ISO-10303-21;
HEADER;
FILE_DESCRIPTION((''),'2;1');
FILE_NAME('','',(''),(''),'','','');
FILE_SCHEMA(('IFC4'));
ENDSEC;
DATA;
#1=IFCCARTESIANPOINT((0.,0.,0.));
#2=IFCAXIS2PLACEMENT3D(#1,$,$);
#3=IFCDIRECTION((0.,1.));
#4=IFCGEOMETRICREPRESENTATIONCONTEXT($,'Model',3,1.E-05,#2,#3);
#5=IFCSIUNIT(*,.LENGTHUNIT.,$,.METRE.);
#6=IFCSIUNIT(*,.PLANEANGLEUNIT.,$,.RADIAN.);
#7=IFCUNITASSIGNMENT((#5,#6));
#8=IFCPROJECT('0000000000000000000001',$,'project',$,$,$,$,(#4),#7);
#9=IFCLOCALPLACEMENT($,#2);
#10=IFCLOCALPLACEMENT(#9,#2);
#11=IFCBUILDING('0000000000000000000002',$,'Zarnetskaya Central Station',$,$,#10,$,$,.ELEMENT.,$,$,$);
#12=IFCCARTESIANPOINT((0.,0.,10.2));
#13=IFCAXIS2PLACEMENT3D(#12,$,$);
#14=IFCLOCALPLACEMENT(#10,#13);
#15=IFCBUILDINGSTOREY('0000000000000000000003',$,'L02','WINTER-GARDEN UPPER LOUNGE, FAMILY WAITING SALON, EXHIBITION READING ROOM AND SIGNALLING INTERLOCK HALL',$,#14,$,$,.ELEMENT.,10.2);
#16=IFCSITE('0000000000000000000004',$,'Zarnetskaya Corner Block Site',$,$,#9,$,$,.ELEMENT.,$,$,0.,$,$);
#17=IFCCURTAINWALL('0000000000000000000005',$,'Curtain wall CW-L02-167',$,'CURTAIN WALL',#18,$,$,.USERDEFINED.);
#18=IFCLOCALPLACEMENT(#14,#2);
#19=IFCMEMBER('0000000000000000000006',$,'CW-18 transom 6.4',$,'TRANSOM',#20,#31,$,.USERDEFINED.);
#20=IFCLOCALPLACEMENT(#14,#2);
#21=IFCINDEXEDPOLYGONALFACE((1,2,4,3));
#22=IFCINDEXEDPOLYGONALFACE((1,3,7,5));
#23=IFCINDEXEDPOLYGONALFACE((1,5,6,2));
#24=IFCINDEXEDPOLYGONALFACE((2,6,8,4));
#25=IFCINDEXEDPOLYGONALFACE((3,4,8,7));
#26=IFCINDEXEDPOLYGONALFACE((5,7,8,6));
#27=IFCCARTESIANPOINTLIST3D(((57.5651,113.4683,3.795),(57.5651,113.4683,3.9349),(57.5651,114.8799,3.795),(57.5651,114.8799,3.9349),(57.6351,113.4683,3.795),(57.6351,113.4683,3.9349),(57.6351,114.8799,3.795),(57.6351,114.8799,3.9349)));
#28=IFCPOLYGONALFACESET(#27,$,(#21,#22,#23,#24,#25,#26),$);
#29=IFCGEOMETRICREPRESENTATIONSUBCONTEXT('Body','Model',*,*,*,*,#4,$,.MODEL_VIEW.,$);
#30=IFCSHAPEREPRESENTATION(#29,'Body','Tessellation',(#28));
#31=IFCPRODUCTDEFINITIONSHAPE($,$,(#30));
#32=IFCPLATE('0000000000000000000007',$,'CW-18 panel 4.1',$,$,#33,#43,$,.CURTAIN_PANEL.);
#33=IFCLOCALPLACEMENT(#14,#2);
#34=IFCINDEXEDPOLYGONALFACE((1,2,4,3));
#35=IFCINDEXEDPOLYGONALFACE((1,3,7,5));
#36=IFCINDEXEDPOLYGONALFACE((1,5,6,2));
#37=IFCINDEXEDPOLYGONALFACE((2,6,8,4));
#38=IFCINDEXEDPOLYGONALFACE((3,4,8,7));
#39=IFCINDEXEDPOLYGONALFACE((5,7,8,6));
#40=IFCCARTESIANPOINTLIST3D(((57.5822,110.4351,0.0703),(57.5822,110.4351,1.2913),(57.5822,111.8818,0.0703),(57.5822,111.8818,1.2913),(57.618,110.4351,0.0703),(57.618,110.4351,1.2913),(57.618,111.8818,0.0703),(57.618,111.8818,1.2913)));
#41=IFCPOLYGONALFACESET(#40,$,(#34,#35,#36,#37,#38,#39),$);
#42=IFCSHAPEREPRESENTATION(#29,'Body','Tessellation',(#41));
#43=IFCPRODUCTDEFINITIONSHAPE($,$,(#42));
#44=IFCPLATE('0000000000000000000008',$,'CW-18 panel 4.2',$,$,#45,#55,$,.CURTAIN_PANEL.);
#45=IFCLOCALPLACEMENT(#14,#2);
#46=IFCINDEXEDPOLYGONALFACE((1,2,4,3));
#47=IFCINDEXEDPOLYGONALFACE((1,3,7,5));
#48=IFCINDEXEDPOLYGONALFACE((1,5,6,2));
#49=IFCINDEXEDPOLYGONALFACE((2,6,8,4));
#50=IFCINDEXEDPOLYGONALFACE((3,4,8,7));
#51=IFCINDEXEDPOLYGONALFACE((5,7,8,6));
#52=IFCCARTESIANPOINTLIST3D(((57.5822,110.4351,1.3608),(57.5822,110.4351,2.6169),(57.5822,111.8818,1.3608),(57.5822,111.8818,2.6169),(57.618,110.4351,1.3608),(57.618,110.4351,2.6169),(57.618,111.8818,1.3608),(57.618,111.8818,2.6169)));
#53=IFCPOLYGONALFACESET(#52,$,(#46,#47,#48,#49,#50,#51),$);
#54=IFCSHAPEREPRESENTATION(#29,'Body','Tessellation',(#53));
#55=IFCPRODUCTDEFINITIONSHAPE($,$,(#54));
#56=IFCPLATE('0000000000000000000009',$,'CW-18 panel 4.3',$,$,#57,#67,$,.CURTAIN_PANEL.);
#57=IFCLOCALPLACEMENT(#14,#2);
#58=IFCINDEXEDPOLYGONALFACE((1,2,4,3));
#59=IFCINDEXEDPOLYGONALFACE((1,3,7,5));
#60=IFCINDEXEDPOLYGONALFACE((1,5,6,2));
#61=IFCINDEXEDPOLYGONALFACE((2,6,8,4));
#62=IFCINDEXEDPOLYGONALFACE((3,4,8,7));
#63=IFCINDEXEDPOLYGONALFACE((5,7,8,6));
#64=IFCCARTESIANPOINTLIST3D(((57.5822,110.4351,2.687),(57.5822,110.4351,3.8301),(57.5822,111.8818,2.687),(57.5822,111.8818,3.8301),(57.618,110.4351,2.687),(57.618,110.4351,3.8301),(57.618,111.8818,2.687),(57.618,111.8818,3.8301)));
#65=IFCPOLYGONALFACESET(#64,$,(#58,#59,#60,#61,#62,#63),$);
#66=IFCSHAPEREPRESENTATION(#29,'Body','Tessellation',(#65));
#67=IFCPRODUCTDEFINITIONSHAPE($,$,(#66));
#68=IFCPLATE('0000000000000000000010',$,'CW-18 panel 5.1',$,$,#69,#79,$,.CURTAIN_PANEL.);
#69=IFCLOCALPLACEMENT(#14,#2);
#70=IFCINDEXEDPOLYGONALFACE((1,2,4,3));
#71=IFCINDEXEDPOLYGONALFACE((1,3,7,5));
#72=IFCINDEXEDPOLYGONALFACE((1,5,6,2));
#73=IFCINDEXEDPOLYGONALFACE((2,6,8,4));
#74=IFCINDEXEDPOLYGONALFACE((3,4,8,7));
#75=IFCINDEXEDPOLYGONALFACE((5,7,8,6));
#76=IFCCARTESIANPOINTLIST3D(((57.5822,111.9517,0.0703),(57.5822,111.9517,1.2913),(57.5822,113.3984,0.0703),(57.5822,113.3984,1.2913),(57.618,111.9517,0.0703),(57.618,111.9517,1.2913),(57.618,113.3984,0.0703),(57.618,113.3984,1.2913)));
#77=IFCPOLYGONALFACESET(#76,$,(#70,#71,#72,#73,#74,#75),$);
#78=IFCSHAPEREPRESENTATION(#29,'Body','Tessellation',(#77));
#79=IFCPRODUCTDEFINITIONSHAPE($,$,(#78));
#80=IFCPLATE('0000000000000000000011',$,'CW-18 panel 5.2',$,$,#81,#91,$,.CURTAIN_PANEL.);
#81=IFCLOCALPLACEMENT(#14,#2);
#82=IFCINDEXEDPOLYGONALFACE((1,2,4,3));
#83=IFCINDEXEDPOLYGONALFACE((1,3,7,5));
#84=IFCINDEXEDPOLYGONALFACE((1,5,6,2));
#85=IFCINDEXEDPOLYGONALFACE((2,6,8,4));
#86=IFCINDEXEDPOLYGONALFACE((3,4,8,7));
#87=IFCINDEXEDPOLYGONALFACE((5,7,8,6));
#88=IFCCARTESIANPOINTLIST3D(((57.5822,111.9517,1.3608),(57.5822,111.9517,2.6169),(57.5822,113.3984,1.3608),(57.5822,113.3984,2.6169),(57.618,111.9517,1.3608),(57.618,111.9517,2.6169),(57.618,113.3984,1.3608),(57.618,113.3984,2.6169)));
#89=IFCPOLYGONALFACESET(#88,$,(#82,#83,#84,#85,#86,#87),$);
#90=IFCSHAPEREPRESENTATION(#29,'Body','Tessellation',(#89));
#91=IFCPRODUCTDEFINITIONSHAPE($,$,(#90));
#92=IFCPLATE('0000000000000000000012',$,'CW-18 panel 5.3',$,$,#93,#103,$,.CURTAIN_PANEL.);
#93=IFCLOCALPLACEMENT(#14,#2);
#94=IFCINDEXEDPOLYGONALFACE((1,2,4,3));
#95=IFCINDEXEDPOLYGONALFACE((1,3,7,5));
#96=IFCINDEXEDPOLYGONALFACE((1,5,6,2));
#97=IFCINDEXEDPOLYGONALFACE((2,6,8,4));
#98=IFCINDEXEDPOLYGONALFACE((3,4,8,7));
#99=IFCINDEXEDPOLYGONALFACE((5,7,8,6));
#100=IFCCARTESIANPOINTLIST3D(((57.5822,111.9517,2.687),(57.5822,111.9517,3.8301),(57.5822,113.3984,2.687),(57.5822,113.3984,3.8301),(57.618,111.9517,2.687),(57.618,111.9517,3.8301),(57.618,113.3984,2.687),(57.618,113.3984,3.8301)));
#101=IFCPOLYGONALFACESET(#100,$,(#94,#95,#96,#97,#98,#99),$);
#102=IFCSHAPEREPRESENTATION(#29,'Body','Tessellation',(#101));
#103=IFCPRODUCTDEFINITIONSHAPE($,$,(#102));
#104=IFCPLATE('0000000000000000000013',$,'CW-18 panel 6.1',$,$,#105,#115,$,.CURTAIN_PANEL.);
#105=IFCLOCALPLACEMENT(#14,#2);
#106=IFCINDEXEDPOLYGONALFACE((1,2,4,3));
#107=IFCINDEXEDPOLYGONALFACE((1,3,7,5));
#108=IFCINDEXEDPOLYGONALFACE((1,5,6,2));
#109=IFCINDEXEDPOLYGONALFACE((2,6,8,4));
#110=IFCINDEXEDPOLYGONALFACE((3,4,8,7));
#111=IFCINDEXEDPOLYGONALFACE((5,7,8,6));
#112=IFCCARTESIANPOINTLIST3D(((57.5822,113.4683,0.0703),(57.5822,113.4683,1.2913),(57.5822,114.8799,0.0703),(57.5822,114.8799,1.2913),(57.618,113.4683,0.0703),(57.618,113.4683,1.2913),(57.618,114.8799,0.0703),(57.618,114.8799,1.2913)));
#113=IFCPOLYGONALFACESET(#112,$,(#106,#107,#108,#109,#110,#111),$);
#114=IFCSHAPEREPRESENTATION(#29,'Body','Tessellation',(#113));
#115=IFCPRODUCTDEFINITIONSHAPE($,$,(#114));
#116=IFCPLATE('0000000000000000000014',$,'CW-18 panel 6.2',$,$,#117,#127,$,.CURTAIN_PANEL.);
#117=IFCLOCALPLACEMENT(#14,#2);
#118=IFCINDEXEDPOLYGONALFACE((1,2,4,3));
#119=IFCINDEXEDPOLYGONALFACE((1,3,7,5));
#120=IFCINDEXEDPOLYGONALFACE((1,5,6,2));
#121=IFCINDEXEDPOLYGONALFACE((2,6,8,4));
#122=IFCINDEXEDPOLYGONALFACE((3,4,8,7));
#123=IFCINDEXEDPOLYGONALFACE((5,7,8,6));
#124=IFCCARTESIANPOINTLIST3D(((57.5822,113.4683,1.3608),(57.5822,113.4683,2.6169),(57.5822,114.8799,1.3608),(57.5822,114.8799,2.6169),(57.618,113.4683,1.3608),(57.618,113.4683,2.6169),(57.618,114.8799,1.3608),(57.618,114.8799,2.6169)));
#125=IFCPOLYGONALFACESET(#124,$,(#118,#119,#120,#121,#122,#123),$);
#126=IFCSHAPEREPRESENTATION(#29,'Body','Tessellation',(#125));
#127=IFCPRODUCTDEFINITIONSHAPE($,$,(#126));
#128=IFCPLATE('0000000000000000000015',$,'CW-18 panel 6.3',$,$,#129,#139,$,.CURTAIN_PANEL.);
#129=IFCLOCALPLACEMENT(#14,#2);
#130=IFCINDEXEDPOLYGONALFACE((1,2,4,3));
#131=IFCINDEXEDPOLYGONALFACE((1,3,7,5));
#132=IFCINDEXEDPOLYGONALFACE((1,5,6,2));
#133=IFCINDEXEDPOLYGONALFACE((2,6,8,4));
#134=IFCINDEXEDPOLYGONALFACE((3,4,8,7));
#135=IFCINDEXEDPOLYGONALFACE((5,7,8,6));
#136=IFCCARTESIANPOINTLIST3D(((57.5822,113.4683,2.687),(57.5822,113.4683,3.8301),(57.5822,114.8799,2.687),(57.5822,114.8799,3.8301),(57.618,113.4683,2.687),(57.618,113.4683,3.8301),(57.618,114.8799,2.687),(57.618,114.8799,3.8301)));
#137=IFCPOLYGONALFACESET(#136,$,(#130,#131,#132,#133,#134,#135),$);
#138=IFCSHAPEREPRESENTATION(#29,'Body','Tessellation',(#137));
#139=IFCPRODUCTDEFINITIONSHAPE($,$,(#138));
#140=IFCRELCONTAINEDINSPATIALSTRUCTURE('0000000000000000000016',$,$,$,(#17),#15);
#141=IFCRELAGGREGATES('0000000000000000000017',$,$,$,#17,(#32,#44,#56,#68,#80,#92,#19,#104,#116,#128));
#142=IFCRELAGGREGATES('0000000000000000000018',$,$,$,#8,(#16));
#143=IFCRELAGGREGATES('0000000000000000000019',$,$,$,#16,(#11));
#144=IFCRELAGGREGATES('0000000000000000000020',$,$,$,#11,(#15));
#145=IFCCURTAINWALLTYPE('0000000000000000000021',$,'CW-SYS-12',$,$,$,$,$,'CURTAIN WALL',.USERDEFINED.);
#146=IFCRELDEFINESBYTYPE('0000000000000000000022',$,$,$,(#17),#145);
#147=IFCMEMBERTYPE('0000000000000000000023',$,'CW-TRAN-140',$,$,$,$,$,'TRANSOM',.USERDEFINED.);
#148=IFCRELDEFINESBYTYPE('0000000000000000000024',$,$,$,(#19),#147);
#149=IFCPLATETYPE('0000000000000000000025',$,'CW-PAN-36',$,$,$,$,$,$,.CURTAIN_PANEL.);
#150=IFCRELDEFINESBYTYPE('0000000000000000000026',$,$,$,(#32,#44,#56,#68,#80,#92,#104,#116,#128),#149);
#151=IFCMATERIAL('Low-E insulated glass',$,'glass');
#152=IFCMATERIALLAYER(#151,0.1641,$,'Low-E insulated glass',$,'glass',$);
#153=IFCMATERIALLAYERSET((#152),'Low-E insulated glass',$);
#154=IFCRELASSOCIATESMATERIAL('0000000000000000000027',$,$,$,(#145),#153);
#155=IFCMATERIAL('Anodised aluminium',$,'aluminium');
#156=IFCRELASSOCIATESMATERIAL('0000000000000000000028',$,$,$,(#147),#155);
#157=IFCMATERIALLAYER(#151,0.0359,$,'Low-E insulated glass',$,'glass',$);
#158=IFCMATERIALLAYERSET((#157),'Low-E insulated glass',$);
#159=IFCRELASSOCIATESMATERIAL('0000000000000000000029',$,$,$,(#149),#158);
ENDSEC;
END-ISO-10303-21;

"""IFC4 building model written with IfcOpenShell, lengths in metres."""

from ifc_helpers import new_model, si_unit, direction, frame, origin, origin_2d, place, context, subcontext, project, spatial, rectangle, extrude, material, layer, layer_set, material_profile, profile_set, type_object, element, aggregate, save


model = new_model("IFC4")

# Units and contexts
model_context = context("Model", 3, precision=1e-05, world=origin(), true_north=direction((0.0, 1.0)))
body_context = subcontext(model_context, "Body", "Model", "MODEL_VIEW")
ifc_project = project(units=[si_unit("LENGTHUNIT", "METRE"), si_unit("PLANEANGLEUNIT", "RADIAN")], contexts=[model_context])

# Site, building, storey
site_placement = place(None, origin())
site = spatial("IfcSite", under=ifc_project, at=site_placement, Name="Zarnetskaya Corner Block Site", CompositionType="ELEMENT", RefElevation=0.0)
building_placement = place(site_placement, origin())
building = spatial("IfcBuilding", under=site, at=building_placement, Name="Zarnetskaya Central Station", CompositionType="ELEMENT")
storey_placement = place(building_placement, frame((0.0, 0.0, 10.2)))
storey = spatial("IfcBuildingStorey", under=building, at=storey_placement, Name="L02", Description="WINTER-GARDEN UPPER LOUNGE, FAMILY WAITING SALON, EXHIBITION READING ROOM AND SIGNALLING INTERLOCK HALL", CompositionType="ELEMENT", Elevation=10.2)

# Curtain wall, member, plates
ifc_material_1 = material(Name="Low-E insulated glass", Category="glass")
ifc_layer_1 = layer(ifc_material_1, 0.1641, Name="Low-E insulated glass", Category="glass")
ifc_layer_set_1 = layer_set([ifc_layer_1], Name="Low-E insulated glass")
curtain_wall_type = type_object("IfcCurtainWallType", Name="CW-SYS-12", ElementType="CURTAIN WALL", PredefinedType="USERDEFINED", material=ifc_layer_set_1)
curtain_wall_placement = place(storey_placement, origin())
curtain_wall = element("IfcCurtainWall", 1, at=curtain_wall_placement, inside=storey, type_object=curtain_wall_type, Name="Curtain wall CW-L02-167", ObjectType="CURTAIN WALL", PredefinedType="USERDEFINED")
ifc_material_2 = material(Name="Anodised aluminium", Category="aluminium")
ifc_material_profile_1 = material_profile(ifc_material_2, rectangle(XDim=0.0701, YDim=0.1399, at=origin_2d()), Name="ALU TRAN 70x140")
ifc_profile_set_1 = profile_set([ifc_material_profile_1], Name="Anodised aluminium")
member_type_1 = type_object("IfcMemberType", Name="CW-TRAN-140", ElementType="TRANSOM", PredefinedType="USERDEFINED", material=ifc_profile_set_1)
member_1_placement = place(storey_placement, frame((57.6001, 113.4683, 3.865), z_axis=(0.0, 1.0, 0.0), x_axis=(-1.0, 0.0, 0.0)))
member_1 = element("IfcMember", 2, at=member_1_placement, type_object=member_type_1, Name="CW-18 transom 6.4", ObjectType="TRANSOM", PredefinedType="USERDEFINED", context=body_context, shape_type="SweptSolid", body=[
    extrude(rectangle(XDim=0.0701, YDim=0.1399, at=origin_2d()), origin(), (0.0, 0.0, 1.0), 1.4116),
])
ifc_layer_2 = layer(ifc_material_1, 0.0359, Name="Low-E insulated glass", Category="glass")
ifc_layer_set_2 = layer_set([ifc_layer_2], Name="Low-E insulated glass")
plate_type = type_object("IfcPlateType", Name="CW-PAN-36", PredefinedType="CURTAIN_PANEL", material=ifc_layer_set_2)
plate_1_placement = place(storey_placement, frame((57.6001, 111.1584, 0.0703), z_axis=(0.0, 0.0, 1.0), x_axis=(0.0, 1.0, 0.0)))
plate_1 = element("IfcPlate", 3, at=plate_1_placement, type_object=plate_type, Name="CW-18 panel 4.1", PredefinedType="CURTAIN_PANEL", context=body_context, shape_type="SweptSolid", body=[
    extrude(rectangle(XDim=1.4468, YDim=0.0359, at=origin_2d()), origin(), (0.0, 0.0, 1.0), 1.2209),
])
plate_2_placement = place(storey_placement, frame((57.6001, 111.1584, 1.3608), z_axis=(0.0, 0.0, 1.0), x_axis=(0.0, 1.0, 0.0)))
plate_2 = element("IfcPlate", 4, at=plate_2_placement, type_object=plate_type, Name="CW-18 panel 4.2", PredefinedType="CURTAIN_PANEL", context=body_context, shape_type="SweptSolid", body=[
    extrude(rectangle(XDim=1.4468, YDim=0.0359, at=origin_2d()), origin(), (0.0, 0.0, 1.0), 1.2561),
])
plate_3_placement = place(storey_placement, frame((57.6001, 111.1584, 2.687), z_axis=(0.0, 0.0, 1.0), x_axis=(0.0, 1.0, 0.0)))
plate_3 = element("IfcPlate", 5, at=plate_3_placement, type_object=plate_type, Name="CW-18 panel 4.3", PredefinedType="CURTAIN_PANEL", context=body_context, shape_type="SweptSolid", body=[
    extrude(rectangle(XDim=1.4468, YDim=0.0359, at=origin_2d()), origin(), (0.0, 0.0, 1.0), 1.1431),
])
plate_4_placement = place(storey_placement, frame((57.6001, 112.675, 0.0703), z_axis=(0.0, 0.0, 1.0), x_axis=(0.0, 1.0, 0.0)))
plate_4 = element("IfcPlate", 6, at=plate_4_placement, type_object=plate_type, Name="CW-18 panel 5.1", PredefinedType="CURTAIN_PANEL", context=body_context, shape_type="SweptSolid", body=[
    extrude(rectangle(XDim=1.4468, YDim=0.0359, at=origin_2d()), origin(), (0.0, 0.0, 1.0), 1.2209),
])
plate_5_placement = place(storey_placement, frame((57.6001, 112.675, 1.3608), z_axis=(0.0, 0.0, 1.0), x_axis=(0.0, 1.0, 0.0)))
plate_5 = element("IfcPlate", 7, at=plate_5_placement, type_object=plate_type, Name="CW-18 panel 5.2", PredefinedType="CURTAIN_PANEL", context=body_context, shape_type="SweptSolid", body=[
    extrude(rectangle(XDim=1.4468, YDim=0.0359, at=origin_2d()), origin(), (0.0, 0.0, 1.0), 1.2561),
])
plate_6_placement = place(storey_placement, frame((57.6001, 112.675, 2.687), z_axis=(0.0, 0.0, 1.0), x_axis=(0.0, 1.0, 0.0)))
plate_6 = element("IfcPlate", 8, at=plate_6_placement, type_object=plate_type, Name="CW-18 panel 5.3", PredefinedType="CURTAIN_PANEL", context=body_context, shape_type="SweptSolid", body=[
    extrude(rectangle(XDim=1.4468, YDim=0.0359, at=origin_2d()), origin(), (0.0, 0.0, 1.0), 1.1431),
])
plate_7_placement = place(storey_placement, frame((57.6001, 114.1741, 0.0703), z_axis=(0.0, 0.0, 1.0), x_axis=(0.0, 1.0, 0.0)))
plate_7 = element("IfcPlate", 9, at=plate_7_placement, type_object=plate_type, Name="CW-18 panel 6.1", PredefinedType="CURTAIN_PANEL", context=body_context, shape_type="SweptSolid", body=[
    extrude(rectangle(XDim=1.4116, YDim=0.0359, at=origin_2d()), origin(), (0.0, 0.0, 1.0), 1.2209),
])
plate_8_placement = place(storey_placement, frame((57.6001, 114.1741, 1.3608), z_axis=(0.0, 0.0, 1.0), x_axis=(0.0, 1.0, 0.0)))
plate_8 = element("IfcPlate", 10, at=plate_8_placement, type_object=plate_type, Name="CW-18 panel 6.2", PredefinedType="CURTAIN_PANEL", context=body_context, shape_type="SweptSolid", body=[
    extrude(rectangle(XDim=1.4116, YDim=0.0359, at=origin_2d()), origin(), (0.0, 0.0, 1.0), 1.2561),
])
plate_9_placement = place(storey_placement, frame((57.6001, 114.1741, 2.687), z_axis=(0.0, 0.0, 1.0), x_axis=(0.0, 1.0, 0.0)))
plate_9 = element("IfcPlate", 11, at=plate_9_placement, type_object=plate_type, Name="CW-18 panel 6.3", PredefinedType="CURTAIN_PANEL", context=body_context, shape_type="SweptSolid", body=[
    extrude(rectangle(XDim=1.4116, YDim=0.0359, at=origin_2d()), origin(), (0.0, 0.0, 1.0), 1.1431),
])
aggregate(curtain_wall, [plate_1, plate_2, plate_3, plate_4, plate_5, plate_6, member_1, plate_7, plate_8, plate_9])

save(model, "model.ifc")
